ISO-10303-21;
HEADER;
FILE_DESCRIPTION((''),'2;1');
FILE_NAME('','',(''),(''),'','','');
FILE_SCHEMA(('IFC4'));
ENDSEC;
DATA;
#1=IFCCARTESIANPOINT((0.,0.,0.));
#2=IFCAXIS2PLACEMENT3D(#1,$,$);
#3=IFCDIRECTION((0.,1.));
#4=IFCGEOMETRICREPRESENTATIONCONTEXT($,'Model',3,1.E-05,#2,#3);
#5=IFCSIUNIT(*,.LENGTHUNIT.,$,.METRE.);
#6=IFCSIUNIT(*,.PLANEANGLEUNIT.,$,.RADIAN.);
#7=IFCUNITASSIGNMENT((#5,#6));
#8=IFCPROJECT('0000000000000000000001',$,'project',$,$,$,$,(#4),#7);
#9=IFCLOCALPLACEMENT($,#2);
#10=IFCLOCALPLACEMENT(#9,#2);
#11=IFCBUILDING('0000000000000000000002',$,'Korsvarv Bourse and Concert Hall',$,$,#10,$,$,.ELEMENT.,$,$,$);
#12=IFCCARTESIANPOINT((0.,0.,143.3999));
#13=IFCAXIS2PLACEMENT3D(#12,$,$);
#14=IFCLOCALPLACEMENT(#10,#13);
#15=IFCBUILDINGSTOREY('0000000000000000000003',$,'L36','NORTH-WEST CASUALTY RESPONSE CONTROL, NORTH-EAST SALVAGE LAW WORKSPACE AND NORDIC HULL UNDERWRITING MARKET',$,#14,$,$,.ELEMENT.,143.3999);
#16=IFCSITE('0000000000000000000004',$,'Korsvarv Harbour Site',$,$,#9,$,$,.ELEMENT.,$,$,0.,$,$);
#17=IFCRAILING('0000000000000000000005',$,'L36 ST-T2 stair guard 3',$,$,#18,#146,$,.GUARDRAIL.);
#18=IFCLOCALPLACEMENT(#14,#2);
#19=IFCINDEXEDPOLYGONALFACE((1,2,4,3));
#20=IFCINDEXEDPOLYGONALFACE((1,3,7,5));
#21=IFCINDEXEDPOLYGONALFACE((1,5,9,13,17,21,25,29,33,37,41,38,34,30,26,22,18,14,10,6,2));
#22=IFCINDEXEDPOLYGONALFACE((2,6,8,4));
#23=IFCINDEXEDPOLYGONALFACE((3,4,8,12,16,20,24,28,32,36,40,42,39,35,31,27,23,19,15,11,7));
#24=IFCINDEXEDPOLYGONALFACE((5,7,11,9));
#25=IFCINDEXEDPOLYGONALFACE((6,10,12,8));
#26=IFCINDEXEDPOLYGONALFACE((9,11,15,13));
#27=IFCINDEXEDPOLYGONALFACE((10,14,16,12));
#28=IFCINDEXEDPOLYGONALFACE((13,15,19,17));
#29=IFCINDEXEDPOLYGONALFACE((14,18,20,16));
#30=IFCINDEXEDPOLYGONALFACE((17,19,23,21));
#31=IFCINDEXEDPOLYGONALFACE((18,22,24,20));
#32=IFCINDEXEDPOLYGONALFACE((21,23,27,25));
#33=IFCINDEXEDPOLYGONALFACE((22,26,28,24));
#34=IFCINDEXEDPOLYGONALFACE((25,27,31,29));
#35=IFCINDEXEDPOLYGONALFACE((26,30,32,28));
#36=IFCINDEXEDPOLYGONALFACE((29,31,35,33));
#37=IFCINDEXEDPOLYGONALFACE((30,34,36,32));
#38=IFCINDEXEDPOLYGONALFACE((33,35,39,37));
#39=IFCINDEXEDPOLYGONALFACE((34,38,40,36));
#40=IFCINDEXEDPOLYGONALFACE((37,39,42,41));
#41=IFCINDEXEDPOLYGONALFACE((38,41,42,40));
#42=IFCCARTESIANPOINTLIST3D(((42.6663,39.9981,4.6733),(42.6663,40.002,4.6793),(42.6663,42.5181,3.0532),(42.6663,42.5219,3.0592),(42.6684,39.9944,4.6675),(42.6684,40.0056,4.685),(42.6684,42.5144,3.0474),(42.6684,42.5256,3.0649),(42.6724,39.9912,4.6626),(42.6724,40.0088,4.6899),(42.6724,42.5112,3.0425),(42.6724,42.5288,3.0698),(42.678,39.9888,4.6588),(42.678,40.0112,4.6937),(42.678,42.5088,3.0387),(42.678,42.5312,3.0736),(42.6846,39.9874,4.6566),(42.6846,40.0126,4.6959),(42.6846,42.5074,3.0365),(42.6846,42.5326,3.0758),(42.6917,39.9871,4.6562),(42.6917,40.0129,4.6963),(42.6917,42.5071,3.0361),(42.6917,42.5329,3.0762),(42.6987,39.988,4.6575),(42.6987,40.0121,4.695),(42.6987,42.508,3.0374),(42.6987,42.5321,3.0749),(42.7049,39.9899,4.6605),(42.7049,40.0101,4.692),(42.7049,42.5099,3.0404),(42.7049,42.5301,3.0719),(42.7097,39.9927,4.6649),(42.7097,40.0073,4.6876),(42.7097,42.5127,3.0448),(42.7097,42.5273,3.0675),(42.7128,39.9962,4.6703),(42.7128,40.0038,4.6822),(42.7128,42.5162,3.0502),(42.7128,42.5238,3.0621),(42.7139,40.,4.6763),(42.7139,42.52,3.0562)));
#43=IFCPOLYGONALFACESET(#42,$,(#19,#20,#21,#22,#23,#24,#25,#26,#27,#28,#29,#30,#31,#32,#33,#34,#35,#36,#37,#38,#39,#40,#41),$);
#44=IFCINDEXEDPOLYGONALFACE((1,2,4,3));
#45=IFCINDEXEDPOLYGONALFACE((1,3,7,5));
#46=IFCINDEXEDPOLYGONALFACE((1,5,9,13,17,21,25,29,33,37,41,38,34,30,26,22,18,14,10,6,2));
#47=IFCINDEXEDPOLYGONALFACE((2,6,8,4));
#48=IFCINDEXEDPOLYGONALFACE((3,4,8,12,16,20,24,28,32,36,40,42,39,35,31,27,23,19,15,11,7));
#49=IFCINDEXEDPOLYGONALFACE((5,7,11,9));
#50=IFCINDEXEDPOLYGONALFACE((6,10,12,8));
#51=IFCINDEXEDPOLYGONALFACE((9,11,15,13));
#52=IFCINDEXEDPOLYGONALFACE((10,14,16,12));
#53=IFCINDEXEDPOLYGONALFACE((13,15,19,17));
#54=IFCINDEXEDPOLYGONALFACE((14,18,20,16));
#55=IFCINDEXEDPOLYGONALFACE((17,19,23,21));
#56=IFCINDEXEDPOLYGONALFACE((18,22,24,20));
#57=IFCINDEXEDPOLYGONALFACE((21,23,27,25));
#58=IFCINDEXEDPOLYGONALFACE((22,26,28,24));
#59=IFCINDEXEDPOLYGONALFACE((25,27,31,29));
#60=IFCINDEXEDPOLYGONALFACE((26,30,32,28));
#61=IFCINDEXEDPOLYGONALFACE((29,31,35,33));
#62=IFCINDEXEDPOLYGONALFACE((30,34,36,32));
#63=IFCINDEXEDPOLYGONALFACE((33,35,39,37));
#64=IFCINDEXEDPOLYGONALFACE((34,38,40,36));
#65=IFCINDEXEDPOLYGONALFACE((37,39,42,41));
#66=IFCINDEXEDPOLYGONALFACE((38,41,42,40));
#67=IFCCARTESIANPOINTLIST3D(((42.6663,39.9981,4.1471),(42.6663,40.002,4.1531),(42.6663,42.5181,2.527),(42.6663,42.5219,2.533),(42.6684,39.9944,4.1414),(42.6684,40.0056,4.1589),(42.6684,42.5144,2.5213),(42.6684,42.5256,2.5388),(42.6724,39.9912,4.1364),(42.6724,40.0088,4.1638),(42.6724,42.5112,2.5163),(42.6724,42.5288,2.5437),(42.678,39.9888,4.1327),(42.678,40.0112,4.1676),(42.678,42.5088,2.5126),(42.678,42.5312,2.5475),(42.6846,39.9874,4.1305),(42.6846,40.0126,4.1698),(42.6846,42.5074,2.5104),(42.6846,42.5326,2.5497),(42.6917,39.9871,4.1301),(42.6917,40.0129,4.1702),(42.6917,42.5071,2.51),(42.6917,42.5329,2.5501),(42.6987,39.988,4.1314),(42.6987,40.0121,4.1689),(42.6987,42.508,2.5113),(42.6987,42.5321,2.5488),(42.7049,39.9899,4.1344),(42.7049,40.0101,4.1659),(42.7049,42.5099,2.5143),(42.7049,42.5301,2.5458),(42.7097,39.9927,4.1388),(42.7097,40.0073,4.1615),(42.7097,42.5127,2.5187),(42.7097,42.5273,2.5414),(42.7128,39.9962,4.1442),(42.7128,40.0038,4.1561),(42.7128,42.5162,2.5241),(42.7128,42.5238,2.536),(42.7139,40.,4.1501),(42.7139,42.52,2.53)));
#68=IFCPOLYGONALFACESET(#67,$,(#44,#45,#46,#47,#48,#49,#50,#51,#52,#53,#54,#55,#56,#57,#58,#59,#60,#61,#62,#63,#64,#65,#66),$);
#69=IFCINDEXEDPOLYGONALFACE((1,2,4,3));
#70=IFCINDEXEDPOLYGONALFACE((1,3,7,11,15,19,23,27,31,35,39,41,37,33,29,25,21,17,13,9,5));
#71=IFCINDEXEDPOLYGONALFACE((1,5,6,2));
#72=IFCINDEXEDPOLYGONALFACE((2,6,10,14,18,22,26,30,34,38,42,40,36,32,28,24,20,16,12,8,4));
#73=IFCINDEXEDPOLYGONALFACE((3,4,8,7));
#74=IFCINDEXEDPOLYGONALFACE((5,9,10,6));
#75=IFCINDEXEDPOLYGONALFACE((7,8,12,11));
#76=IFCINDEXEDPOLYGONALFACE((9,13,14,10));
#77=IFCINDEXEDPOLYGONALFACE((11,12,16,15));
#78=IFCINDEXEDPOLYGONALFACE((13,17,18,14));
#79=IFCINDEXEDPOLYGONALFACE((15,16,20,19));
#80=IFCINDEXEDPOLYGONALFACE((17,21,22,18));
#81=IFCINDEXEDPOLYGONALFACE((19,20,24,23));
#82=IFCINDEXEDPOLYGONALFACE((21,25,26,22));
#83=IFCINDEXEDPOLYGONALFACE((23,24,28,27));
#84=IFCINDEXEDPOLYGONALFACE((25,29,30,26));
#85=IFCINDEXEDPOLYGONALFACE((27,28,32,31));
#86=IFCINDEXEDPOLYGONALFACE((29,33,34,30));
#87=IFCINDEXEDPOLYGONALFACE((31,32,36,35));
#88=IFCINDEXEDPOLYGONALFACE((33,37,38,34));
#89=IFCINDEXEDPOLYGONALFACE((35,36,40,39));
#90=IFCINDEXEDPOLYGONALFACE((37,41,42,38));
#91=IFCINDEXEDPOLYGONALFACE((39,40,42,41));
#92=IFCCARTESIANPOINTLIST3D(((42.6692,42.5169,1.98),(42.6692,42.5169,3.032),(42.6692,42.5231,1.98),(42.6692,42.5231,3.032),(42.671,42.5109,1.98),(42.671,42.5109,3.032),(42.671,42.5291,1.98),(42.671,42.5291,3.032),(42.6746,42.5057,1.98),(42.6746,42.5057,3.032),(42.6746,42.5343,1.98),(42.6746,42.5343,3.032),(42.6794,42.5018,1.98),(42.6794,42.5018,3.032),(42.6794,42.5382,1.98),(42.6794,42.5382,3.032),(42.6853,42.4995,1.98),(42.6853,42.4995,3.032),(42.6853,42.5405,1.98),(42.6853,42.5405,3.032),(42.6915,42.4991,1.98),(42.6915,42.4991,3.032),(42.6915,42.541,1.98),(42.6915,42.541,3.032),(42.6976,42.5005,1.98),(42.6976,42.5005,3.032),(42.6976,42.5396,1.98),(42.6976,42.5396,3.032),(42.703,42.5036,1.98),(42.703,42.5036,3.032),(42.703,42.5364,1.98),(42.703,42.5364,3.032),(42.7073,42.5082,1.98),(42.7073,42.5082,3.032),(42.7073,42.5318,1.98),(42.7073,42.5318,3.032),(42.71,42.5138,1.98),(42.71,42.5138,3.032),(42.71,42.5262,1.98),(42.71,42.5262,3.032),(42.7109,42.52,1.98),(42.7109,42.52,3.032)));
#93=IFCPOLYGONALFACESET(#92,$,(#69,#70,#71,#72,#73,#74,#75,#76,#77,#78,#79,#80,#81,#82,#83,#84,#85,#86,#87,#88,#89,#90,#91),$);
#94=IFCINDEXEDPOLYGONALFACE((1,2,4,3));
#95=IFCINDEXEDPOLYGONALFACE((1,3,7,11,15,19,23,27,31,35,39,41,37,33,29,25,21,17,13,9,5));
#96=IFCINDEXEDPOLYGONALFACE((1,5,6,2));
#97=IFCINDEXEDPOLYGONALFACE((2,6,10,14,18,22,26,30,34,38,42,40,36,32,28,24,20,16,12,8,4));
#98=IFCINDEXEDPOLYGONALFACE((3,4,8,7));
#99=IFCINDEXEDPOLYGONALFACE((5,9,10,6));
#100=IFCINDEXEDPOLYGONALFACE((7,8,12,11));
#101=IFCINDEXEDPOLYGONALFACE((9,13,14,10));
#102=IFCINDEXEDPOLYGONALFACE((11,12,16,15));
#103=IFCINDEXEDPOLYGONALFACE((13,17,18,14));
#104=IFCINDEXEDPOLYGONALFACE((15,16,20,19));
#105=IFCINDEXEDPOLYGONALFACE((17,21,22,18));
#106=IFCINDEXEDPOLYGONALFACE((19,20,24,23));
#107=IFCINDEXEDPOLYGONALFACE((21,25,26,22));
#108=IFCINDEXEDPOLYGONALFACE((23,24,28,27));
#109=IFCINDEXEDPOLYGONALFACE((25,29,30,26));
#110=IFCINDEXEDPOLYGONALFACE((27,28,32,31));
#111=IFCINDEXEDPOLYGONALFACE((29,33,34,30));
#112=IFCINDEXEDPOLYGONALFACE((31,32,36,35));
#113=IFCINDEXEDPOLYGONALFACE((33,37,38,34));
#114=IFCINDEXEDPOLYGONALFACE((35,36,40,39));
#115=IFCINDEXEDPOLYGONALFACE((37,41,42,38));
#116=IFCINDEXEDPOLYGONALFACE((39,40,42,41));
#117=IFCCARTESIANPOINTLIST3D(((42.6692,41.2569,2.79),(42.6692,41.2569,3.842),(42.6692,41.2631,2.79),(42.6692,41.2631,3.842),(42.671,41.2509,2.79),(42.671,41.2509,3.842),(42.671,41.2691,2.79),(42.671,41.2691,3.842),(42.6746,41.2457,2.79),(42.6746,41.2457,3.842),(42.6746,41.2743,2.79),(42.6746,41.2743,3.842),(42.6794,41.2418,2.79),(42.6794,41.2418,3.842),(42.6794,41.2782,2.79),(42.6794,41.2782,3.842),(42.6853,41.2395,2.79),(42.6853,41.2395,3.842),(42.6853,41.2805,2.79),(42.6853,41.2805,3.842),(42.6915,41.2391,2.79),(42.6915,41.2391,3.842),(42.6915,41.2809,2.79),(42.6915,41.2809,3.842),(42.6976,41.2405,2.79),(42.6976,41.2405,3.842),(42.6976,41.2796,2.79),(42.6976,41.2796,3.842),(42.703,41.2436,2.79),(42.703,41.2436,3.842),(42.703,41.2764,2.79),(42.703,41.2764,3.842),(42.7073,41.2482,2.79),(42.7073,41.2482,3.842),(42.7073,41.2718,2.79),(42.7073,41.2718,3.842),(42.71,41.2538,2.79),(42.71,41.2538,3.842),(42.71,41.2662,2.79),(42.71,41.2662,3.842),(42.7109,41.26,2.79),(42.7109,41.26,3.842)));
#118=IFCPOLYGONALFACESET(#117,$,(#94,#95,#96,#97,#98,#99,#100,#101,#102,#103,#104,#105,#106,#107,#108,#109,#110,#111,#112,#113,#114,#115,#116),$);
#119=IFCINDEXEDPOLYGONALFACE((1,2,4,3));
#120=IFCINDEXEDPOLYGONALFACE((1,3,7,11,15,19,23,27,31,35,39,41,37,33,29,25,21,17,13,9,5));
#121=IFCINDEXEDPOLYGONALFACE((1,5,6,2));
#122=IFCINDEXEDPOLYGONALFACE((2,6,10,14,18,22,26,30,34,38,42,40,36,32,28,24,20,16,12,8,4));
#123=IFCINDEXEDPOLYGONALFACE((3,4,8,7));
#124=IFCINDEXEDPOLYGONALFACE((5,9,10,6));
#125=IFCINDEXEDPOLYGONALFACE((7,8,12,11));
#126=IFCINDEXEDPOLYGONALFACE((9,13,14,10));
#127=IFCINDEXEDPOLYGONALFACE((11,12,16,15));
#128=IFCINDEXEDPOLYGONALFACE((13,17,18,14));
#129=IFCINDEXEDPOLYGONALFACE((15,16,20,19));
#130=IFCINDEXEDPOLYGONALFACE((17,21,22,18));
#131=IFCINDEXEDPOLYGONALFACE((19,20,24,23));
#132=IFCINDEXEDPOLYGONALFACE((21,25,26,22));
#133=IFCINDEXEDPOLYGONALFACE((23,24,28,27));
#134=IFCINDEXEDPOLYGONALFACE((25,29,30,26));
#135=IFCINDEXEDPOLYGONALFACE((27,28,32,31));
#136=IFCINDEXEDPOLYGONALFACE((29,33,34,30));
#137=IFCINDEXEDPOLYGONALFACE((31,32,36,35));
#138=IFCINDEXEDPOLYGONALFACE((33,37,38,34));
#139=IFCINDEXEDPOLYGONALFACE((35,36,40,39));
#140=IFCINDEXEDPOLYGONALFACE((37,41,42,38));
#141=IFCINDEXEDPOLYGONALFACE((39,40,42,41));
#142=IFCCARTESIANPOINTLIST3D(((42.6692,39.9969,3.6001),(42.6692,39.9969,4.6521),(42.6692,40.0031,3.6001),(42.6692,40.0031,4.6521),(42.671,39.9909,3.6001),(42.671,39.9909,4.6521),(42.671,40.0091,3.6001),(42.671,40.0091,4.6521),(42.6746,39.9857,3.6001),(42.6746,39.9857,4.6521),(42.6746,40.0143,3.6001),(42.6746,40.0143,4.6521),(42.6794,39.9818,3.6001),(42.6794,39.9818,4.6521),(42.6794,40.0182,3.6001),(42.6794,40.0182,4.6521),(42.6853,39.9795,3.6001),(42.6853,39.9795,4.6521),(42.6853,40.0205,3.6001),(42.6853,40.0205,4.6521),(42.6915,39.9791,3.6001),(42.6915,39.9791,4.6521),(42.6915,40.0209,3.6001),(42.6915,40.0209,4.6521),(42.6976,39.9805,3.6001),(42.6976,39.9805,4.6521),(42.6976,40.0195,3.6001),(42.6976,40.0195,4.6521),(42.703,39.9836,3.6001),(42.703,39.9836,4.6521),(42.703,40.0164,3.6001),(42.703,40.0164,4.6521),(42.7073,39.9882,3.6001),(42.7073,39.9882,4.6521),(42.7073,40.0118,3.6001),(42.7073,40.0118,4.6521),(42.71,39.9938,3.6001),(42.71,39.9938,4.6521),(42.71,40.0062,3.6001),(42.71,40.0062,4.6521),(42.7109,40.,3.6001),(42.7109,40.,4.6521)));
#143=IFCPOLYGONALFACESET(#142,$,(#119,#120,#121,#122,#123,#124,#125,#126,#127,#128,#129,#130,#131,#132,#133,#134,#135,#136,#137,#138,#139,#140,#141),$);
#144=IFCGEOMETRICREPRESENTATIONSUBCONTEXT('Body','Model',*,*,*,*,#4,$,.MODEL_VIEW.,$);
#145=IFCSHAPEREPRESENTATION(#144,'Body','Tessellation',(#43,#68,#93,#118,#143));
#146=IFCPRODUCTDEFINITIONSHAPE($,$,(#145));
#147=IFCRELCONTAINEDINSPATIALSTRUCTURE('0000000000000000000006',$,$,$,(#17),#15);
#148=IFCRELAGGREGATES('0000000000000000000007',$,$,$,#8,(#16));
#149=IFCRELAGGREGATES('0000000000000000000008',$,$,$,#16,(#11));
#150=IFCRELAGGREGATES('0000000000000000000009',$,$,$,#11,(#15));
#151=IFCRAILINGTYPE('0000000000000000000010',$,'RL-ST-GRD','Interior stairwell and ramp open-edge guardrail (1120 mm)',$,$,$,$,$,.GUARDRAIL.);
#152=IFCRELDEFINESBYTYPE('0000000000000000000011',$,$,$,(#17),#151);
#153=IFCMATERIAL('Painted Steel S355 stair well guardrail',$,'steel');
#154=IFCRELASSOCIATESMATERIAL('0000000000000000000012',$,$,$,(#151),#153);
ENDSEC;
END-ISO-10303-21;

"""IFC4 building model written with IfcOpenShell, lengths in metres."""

from ifc_helpers import new_model, si_unit, direction, frame, origin, origin_2d, place, context, subcontext, project, spatial, circle, extrude, material, type_object, element, save


model = new_model("IFC4")

# Units and contexts
model_context = context("Model", 3, precision=1e-05, world=origin(), true_north=direction((0.0, 1.0)))
body_context = subcontext(model_context, "Body", "Model", "MODEL_VIEW")
ifc_project = project(units=[si_unit("LENGTHUNIT", "METRE"), si_unit("PLANEANGLEUNIT", "RADIAN")], contexts=[model_context])

# Site, building, storey
site_placement = place(None, origin())
site = spatial("IfcSite", under=ifc_project, at=site_placement, Name="Korsvarv Harbour Site", CompositionType="ELEMENT", RefElevation=0.0)
building_placement = place(site_placement, origin())
building = spatial("IfcBuilding", under=site, at=building_placement, Name="Korsvarv Bourse and Concert Hall", CompositionType="ELEMENT")
storey_placement = place(building_placement, frame((0.0, 0.0, 143.3999)))
storey = spatial("IfcBuildingStorey", under=building, at=storey_placement, Name="L36", Description="NORTH-WEST CASUALTY RESPONSE CONTROL, NORTH-EAST SALVAGE LAW WORKSPACE AND NORDIC HULL UNDERWRITING MARKET", CompositionType="ELEMENT", Elevation=143.3999)

# Railing
ifc_material_1 = material(Name="Painted Steel S355 stair well guardrail", Category="steel")
railing_type_1 = type_object("IfcRailingType", Name="RL-ST-GRD", Description="Interior stairwell and ramp open-edge guardrail (1120 mm)", PredefinedType="GUARDRAIL", material=ifc_material_1)
railing_1_placement = place(storey_placement, frame((42.6899, 42.52, 1.98)))
element("IfcRailing", 1, at=railing_1_placement, inside=storey, type_object=railing_type_1, Name="L36 ST-T2 stair guard 3", PredefinedType="GUARDRAIL", context=body_context, shape_type="SweptSolid", body=[
    extrude(circle(Radius=0.0239, at=origin_2d()), frame((0.0, 0.0, 1.0762), z_axis=(0.0, -0.841163, 0.540782), x_axis=(1.0, 0.0, 0.0)), (0.0, 0.0, 1.0), 2.9958),
    extrude(circle(Radius=0.0239, at=origin_2d()), frame((0.0, 0.0, 0.55), z_axis=(0.0, -0.841163, 0.540782), x_axis=(1.0, 0.0, 0.0)), (0.0, 0.0, 1.0), 2.9958),
    extrude(circle(Radius=0.021, at=origin_2d()), origin(), (0.0, 0.0, 1.0), 1.052),
    extrude(circle(Radius=0.021, at=origin_2d()), frame((0.0, -1.26, 0.8101)), (0.0, 0.0, 1.0), 1.052),
    extrude(circle(Radius=0.021, at=origin_2d()), frame((0.0, -2.52, 1.6201)), (0.0, 0.0, 1.0), 1.052),
])

save(model, "model.ifc")
